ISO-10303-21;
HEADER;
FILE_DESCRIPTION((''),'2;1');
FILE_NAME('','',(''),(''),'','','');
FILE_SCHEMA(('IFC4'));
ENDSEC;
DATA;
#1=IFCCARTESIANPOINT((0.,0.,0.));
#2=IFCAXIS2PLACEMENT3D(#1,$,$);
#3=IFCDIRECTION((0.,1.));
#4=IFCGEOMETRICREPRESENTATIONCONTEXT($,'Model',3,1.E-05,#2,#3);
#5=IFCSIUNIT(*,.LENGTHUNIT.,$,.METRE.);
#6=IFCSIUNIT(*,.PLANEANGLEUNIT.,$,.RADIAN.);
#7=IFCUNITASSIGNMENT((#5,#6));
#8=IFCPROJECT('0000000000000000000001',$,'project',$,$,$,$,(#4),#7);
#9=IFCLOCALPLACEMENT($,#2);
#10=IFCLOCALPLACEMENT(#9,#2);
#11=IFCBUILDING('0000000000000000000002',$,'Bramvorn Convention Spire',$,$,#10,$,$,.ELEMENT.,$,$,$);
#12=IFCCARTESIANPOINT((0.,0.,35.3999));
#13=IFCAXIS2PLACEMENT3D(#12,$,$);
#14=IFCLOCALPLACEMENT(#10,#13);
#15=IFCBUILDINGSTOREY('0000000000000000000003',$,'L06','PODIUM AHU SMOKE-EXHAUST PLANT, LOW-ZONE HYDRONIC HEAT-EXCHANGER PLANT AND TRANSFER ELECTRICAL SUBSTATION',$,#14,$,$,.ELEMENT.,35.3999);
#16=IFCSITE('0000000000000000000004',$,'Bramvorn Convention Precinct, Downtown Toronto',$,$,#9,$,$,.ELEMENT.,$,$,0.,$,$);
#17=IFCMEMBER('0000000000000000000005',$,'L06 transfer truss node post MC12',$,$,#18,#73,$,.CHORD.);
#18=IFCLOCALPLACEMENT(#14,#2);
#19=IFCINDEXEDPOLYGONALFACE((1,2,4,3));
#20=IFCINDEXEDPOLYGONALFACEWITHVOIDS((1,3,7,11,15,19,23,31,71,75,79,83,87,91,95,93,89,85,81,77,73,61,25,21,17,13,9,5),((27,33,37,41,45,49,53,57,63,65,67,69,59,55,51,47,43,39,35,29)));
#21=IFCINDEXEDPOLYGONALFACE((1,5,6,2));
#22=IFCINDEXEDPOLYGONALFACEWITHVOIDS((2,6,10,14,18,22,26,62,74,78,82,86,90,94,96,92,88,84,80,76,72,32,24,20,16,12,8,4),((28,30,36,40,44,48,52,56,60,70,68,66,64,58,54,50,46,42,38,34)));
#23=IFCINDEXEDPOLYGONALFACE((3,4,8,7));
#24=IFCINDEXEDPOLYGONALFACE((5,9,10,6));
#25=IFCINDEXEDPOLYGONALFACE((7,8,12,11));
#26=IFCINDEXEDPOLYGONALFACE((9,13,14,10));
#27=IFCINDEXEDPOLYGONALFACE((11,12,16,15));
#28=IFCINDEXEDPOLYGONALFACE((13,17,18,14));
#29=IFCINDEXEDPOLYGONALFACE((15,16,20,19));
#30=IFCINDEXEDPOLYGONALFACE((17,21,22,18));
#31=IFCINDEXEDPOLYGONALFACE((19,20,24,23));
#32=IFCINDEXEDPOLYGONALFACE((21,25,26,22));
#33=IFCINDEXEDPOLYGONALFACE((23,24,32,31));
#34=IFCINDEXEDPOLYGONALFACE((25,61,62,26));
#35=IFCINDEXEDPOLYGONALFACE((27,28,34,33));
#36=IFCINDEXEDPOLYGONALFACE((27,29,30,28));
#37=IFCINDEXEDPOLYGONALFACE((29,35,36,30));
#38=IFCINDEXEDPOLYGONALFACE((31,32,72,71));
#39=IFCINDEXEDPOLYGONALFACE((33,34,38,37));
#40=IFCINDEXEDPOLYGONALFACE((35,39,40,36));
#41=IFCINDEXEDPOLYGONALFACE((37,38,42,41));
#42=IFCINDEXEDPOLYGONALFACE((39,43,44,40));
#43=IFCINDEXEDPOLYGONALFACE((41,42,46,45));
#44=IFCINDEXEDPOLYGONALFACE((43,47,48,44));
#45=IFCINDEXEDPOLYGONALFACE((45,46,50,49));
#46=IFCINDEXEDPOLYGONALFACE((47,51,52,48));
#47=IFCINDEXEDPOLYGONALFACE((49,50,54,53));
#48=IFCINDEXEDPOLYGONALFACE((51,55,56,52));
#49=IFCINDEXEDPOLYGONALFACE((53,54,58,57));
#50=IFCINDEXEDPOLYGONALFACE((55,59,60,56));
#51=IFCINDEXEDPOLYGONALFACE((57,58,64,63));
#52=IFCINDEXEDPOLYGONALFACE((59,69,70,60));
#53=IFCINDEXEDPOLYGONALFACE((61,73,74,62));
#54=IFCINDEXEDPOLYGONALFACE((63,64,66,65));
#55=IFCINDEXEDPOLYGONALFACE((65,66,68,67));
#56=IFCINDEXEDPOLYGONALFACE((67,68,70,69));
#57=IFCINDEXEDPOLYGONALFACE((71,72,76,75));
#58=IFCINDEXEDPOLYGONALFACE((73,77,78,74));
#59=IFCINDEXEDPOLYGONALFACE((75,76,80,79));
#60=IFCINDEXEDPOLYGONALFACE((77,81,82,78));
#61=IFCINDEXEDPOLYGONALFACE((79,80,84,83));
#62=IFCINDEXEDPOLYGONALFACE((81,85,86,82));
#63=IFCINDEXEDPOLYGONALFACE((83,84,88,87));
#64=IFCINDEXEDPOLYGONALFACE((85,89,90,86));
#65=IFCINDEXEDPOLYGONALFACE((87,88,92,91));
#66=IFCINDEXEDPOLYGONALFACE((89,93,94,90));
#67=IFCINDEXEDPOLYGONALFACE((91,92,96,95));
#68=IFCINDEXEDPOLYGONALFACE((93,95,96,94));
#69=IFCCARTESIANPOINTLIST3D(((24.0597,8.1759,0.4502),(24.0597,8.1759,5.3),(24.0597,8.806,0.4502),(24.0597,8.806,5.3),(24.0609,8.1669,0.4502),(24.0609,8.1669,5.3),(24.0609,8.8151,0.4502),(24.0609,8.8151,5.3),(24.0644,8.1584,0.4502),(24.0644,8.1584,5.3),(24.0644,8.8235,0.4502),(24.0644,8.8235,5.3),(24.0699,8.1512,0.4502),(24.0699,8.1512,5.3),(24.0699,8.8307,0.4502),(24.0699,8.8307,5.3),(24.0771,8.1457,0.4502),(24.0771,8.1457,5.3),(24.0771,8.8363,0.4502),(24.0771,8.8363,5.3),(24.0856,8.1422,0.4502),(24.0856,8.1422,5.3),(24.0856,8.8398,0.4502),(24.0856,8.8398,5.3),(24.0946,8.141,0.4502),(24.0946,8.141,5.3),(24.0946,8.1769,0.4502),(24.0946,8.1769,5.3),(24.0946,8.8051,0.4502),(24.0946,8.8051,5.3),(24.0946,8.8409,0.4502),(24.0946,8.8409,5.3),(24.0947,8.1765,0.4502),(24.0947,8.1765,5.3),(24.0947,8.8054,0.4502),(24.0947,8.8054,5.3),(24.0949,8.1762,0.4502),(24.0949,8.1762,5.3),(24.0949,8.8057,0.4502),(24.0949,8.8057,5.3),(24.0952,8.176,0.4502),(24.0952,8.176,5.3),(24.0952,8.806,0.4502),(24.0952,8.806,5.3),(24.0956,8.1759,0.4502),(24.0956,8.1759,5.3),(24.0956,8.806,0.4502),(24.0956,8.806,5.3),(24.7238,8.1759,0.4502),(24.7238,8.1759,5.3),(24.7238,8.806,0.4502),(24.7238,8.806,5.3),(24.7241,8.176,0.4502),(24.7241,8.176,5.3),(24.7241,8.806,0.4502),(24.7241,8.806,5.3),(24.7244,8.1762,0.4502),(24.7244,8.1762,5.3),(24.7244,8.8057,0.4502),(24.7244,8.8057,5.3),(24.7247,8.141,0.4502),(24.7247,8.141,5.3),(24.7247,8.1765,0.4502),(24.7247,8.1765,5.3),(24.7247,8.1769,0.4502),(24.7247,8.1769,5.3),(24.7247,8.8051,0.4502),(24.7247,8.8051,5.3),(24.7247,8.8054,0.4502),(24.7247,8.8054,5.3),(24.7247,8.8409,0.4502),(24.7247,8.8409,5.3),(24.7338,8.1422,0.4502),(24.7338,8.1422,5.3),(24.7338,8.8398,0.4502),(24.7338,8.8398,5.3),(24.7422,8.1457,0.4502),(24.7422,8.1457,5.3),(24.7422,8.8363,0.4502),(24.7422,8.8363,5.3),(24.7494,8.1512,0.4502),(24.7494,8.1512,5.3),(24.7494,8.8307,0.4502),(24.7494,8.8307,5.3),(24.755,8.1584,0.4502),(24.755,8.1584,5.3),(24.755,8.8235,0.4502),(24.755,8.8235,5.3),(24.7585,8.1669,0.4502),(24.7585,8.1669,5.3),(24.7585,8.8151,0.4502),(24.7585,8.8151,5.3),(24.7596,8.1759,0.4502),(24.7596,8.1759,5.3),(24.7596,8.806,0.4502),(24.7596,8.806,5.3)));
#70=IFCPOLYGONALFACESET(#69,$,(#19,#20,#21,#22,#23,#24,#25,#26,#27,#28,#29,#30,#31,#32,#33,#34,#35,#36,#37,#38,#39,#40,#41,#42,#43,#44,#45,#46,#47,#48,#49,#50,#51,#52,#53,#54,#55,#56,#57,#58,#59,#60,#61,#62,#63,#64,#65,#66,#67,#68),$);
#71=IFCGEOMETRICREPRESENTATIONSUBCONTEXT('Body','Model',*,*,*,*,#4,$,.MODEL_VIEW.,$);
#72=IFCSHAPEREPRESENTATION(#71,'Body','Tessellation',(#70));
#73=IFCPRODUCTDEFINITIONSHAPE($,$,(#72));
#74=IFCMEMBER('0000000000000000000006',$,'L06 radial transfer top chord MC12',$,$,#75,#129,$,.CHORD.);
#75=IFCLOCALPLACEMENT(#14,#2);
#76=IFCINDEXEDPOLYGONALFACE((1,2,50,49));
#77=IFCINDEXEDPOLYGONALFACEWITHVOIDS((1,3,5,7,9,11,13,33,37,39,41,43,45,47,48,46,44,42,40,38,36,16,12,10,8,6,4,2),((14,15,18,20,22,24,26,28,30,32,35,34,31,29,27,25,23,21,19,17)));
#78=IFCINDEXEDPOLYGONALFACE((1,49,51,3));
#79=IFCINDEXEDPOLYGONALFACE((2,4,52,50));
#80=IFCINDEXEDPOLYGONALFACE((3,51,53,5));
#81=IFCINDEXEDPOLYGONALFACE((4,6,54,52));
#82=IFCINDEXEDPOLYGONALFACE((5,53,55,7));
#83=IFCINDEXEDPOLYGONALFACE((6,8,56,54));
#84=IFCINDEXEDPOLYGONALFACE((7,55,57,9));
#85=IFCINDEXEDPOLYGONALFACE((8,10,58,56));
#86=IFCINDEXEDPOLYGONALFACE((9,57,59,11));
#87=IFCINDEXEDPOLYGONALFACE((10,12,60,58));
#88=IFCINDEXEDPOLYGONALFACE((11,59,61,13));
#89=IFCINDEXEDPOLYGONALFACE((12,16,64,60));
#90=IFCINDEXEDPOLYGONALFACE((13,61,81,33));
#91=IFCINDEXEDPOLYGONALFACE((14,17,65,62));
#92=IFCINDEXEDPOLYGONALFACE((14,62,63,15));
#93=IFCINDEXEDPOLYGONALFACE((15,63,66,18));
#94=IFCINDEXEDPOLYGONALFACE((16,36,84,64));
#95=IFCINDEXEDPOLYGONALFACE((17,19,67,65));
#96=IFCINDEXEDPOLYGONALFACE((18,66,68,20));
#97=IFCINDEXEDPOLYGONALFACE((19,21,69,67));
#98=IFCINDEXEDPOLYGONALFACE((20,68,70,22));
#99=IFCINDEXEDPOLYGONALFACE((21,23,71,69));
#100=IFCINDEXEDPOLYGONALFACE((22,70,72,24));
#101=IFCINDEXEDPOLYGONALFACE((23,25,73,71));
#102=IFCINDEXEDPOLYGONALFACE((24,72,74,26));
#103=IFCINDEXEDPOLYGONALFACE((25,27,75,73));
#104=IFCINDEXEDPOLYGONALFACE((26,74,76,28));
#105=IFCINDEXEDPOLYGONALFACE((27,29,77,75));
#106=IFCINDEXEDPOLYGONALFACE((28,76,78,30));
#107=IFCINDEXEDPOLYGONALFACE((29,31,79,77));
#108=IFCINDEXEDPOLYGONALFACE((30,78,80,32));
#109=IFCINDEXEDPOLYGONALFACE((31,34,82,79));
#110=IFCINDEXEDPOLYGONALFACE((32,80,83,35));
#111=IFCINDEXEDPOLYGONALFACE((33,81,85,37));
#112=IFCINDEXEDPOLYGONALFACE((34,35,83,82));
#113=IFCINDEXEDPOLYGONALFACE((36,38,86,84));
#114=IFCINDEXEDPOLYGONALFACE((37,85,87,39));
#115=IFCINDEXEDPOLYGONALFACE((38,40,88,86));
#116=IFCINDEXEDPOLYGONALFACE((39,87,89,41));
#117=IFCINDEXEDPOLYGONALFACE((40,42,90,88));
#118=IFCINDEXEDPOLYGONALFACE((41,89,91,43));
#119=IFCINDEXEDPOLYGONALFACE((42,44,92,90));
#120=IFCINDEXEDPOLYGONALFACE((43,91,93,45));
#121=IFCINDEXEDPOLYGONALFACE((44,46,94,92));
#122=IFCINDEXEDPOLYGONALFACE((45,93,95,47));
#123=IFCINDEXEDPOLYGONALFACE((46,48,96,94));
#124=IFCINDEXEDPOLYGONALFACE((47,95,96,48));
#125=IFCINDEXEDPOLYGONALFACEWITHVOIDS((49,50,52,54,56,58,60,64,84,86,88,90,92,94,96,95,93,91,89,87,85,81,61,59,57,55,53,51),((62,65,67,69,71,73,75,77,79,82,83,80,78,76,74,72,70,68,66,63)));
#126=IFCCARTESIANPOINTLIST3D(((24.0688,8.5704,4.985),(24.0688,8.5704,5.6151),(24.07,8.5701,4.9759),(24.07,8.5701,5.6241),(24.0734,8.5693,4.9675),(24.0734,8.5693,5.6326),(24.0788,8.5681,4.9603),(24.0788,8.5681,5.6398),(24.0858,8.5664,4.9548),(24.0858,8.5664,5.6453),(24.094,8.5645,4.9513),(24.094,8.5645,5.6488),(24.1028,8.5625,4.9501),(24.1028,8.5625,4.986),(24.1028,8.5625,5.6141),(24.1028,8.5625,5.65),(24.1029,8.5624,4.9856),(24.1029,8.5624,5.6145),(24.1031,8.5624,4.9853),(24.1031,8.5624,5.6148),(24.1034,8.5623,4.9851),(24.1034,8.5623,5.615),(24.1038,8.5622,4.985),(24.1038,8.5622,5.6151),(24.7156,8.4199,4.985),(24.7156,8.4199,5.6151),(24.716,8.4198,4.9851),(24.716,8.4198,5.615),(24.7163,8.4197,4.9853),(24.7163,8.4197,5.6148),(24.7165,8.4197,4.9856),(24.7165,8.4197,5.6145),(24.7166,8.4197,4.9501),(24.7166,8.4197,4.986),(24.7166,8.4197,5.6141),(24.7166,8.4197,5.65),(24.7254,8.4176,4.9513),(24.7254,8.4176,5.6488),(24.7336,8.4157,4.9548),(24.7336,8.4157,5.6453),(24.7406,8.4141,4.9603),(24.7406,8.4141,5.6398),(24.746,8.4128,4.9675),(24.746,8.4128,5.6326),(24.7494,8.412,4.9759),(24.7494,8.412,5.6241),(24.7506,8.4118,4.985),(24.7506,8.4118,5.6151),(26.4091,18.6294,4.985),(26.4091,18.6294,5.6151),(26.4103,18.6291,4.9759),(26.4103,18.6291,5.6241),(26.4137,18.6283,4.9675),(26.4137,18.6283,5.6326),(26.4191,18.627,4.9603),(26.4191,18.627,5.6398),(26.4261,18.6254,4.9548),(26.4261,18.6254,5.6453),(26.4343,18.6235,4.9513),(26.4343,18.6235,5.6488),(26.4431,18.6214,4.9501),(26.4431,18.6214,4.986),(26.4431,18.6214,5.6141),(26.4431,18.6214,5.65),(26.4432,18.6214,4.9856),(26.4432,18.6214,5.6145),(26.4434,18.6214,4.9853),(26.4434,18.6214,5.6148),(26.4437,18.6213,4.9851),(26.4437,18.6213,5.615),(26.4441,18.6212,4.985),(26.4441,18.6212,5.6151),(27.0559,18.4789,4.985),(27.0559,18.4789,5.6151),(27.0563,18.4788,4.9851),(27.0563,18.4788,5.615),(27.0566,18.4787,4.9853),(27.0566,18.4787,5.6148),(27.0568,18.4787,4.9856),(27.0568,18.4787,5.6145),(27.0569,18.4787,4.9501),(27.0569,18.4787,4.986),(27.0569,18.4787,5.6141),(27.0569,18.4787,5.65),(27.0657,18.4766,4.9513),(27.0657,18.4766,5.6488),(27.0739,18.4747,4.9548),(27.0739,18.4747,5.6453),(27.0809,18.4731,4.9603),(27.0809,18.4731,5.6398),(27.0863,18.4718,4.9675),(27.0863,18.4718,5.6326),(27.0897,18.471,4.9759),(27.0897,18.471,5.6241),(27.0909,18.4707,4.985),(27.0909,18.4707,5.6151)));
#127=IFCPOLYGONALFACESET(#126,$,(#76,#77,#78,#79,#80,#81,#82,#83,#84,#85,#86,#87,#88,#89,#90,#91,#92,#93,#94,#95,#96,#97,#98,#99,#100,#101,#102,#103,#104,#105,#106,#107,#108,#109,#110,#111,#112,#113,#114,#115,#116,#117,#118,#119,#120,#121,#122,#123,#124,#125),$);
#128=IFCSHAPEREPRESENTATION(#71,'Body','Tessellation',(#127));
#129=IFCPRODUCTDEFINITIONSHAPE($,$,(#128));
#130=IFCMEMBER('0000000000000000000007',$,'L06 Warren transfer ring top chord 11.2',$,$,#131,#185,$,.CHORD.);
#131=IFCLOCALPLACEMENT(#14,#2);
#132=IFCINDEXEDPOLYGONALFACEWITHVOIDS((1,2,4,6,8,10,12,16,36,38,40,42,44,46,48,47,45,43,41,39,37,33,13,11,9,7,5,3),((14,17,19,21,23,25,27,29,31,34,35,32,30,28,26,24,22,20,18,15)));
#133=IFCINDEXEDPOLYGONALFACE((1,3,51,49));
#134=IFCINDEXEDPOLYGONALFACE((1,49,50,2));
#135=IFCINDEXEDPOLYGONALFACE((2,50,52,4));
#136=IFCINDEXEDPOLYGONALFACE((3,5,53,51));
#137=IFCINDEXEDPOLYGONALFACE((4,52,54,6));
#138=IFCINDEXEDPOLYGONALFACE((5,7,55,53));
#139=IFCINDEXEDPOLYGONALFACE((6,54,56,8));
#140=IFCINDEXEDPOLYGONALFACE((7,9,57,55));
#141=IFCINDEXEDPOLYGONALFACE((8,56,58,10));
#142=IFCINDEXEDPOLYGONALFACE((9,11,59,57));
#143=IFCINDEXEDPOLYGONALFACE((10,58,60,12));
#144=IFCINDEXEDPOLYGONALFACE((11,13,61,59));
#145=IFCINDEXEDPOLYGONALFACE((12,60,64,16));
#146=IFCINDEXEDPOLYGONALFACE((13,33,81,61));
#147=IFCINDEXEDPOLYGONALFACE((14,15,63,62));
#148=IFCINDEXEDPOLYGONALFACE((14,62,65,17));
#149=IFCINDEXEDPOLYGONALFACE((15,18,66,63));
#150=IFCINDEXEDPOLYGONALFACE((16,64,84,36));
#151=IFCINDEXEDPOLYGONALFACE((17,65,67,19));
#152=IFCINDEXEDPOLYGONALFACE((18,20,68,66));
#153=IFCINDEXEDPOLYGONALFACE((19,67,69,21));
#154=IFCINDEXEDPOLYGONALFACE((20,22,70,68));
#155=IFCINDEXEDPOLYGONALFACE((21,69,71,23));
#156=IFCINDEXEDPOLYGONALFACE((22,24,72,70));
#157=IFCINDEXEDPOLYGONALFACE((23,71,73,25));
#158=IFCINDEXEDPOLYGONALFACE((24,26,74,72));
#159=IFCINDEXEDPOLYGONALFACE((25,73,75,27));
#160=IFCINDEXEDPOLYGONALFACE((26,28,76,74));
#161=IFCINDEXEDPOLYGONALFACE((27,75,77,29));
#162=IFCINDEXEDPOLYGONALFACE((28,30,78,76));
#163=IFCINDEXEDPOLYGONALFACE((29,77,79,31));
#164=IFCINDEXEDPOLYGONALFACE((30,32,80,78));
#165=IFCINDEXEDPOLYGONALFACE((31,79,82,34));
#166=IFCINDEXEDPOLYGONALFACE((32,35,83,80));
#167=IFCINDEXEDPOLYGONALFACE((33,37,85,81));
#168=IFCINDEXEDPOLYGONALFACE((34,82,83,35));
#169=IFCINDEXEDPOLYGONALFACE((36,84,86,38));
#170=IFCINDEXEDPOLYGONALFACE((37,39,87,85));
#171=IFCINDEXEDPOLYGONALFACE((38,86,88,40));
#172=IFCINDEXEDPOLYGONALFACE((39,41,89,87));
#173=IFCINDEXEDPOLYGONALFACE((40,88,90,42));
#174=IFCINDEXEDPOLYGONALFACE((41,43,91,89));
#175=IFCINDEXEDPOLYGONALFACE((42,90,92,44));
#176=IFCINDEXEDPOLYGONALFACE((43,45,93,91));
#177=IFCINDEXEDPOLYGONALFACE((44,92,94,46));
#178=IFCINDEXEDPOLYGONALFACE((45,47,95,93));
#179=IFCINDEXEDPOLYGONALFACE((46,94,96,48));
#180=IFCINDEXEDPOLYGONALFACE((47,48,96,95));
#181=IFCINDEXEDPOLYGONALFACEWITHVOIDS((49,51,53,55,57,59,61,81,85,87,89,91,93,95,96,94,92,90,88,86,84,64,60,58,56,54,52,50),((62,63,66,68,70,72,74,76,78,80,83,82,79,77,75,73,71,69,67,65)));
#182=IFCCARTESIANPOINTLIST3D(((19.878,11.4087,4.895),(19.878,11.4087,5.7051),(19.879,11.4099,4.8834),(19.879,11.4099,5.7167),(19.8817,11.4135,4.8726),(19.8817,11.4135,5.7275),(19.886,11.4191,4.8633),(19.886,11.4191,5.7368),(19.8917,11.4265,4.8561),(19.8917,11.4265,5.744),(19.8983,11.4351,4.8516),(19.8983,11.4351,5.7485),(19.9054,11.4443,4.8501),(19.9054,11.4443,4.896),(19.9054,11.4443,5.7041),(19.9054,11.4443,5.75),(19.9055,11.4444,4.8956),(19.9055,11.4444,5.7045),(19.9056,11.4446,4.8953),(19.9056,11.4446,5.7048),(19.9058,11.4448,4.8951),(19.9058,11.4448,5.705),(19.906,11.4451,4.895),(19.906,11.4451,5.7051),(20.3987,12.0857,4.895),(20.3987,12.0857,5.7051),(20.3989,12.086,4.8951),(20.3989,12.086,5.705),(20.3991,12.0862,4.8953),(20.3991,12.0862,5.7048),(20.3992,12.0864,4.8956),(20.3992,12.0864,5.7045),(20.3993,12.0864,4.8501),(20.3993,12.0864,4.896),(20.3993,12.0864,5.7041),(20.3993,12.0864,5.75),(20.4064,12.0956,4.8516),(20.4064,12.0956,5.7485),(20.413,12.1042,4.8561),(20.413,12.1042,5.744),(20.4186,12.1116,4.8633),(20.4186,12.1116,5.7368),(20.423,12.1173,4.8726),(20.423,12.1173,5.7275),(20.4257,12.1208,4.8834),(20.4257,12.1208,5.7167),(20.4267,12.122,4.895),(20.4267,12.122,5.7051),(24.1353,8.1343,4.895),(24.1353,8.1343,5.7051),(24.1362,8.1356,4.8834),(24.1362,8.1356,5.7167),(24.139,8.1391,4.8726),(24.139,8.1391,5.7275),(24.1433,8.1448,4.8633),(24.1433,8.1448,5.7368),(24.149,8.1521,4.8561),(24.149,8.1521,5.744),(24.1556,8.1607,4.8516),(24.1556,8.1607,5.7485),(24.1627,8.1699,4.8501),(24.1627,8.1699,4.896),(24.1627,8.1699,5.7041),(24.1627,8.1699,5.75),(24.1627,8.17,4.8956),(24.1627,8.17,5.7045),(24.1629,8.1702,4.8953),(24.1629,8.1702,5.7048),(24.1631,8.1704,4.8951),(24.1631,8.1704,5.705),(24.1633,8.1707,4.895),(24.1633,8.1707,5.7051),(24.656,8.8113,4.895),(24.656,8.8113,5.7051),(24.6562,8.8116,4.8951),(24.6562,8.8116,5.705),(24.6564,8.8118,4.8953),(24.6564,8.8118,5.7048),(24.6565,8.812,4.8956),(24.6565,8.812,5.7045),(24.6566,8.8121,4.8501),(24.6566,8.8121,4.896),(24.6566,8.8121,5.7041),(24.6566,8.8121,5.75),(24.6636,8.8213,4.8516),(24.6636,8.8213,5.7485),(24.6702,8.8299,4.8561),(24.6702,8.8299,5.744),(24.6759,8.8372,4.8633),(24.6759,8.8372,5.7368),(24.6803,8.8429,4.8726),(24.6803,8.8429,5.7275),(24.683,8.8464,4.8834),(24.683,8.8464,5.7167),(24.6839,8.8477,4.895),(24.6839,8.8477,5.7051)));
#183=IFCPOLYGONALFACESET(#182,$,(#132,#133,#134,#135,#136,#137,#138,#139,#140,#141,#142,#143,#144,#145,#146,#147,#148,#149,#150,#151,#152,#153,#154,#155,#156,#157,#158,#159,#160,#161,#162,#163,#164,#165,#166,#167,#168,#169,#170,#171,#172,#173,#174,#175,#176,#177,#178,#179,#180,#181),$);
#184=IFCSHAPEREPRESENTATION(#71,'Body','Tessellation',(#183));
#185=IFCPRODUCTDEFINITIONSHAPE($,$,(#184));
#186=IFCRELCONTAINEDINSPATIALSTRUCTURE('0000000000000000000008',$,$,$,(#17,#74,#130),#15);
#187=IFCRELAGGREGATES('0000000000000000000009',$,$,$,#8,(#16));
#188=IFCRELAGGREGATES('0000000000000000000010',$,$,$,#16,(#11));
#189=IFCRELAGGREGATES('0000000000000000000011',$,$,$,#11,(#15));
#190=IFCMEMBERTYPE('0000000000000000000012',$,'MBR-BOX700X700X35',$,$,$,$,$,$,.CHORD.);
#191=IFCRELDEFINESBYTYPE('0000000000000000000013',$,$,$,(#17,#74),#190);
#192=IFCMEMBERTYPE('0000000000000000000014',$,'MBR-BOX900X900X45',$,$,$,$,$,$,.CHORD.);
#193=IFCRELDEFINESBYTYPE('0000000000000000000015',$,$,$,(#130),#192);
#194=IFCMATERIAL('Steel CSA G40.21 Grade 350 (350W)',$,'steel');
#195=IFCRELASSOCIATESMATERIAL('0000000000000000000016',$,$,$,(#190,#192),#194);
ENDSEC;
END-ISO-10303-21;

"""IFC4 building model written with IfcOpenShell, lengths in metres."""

from ifc_helpers import new_model, si_unit, direction, frame, origin, origin_2d, place, context, subcontext, project, spatial, hollow_rectangle, extrude, material, material_profile, profile_set, type_object, element, save


model = new_model("IFC4")

# Units and contexts
model_context = context("Model", 3, precision=1e-05, world=origin(), true_north=direction((0.0, 1.0)))
body_context = subcontext(model_context, "Body", "Model", "MODEL_VIEW")
ifc_project = project(units=[si_unit("LENGTHUNIT", "METRE"), si_unit("PLANEANGLEUNIT", "RADIAN")], contexts=[model_context])

# Site, building, storey
site_placement = place(None, origin())
site = spatial("IfcSite", under=ifc_project, at=site_placement, Name="Bramvorn Convention Precinct, Downtown Toronto", CompositionType="ELEMENT", RefElevation=0.0)
building_placement = place(site_placement, origin())
building = spatial("IfcBuilding", under=site, at=building_placement, Name="Bramvorn Convention Spire", CompositionType="ELEMENT")
storey_placement = place(building_placement, frame((0.0, 0.0, 35.3999)))
storey = spatial("IfcBuildingStorey", under=building, at=storey_placement, Name="L06", Description="PODIUM AHU SMOKE-EXHAUST PLANT, LOW-ZONE HYDRONIC HEAT-EXCHANGER PLANT AND TRANSFER ELECTRICAL SUBSTATION", CompositionType="ELEMENT", Elevation=35.3999)

# Shared definitions
ifc_material_1 = material(Name="Steel CSA G40.21 Grade 350 (350W)", Category="steel")

# Members
ifc_material_profile_1 = material_profile(ifc_material_1, hollow_rectangle(XDim=0.7, YDim=0.7, WallThickness=0.0349, InnerFilletRadius=0.001, OuterFilletRadius=0.0349, at=origin_2d()))
ifc_profile_set_1 = profile_set([ifc_material_profile_1], Name="Steel CSA G40.21 Grade 350 (350W) - BOX700X700X35")
member_type_1 = type_object("IfcMemberType", Name="MBR-BOX700X700X35", PredefinedType="CHORD", material=ifc_profile_set_1)
member_1_placement = place(storey_placement, frame((24.4097, 8.491, 0.4502), z_axis=(0.0, 0.0, 1.0), x_axis=(1.0, 0.0, 0.0)))
element("IfcMember", 1, at=member_1_placement, inside=storey, type_object=member_type_1, Name="L06 transfer truss node post MC12", PredefinedType="CHORD", context=body_context, shape_type="SweptSolid", body=[
    extrude(hollow_rectangle(XDim=0.7, YDim=0.7, WallThickness=0.0349, InnerFilletRadius=0.001, OuterFilletRadius=0.0349, at=origin_2d()), origin(), (0.0, 0.0, 1.0), 4.8499),
])
member_2_placement = place(storey_placement, frame((26.75, 18.55, 5.3), z_axis=(-0.226606, -0.973986, 0.0), x_axis=(0.973986, -0.226606, 0.0)))
element("IfcMember", 2, at=member_2_placement, inside=storey, type_object=member_type_1, Name="L06 radial transfer top chord MC12", PredefinedType="CHORD", context=body_context, shape_type="SweptSolid", body=[
    extrude(hollow_rectangle(XDim=0.7, YDim=0.7, WallThickness=0.0349, InnerFilletRadius=0.001, OuterFilletRadius=0.0349, at=origin_2d()), origin(), (0.0, 0.0, 1.0), 10.3276),
])
ifc_material_profile_2 = material_profile(ifc_material_1, hollow_rectangle(XDim=0.8999, YDim=0.8999, WallThickness=0.0449, InnerFilletRadius=0.001, OuterFilletRadius=0.0449, at=origin_2d()))
ifc_profile_set_2 = profile_set([ifc_material_profile_2], Name="Steel CSA G40.21 Grade 350 (350W) - BOX900X900X45")
member_type_2 = type_object("IfcMemberType", Name="MBR-BOX900X900X45", PredefinedType="CHORD", material=ifc_profile_set_2)
for number, where, z_axis, x_axis, name in (
    (3, (20.1523, 11.7654, 5.3), (0.792665, -0.609658, 0.0), (0.609658, 0.792665, 0.0), "L06 Warren transfer ring top chord 11.2"),
):
    element("IfcMember", number, at=place(storey_placement, frame(where, z_axis=z_axis, x_axis=x_axis)), inside=storey, type_object=member_type_2, Name=name, PredefinedType="CHORD", context=body_context, shape_type="SweptSolid", body=[
        extrude(hollow_rectangle(XDim=0.8999, YDim=0.8999, WallThickness=0.0449, InnerFilletRadius=0.001, OuterFilletRadius=0.0449, at=origin_2d()), origin(), (0.0, 0.0, 1.0), 5.3708),
    ])

save(model, "model.ifc")
